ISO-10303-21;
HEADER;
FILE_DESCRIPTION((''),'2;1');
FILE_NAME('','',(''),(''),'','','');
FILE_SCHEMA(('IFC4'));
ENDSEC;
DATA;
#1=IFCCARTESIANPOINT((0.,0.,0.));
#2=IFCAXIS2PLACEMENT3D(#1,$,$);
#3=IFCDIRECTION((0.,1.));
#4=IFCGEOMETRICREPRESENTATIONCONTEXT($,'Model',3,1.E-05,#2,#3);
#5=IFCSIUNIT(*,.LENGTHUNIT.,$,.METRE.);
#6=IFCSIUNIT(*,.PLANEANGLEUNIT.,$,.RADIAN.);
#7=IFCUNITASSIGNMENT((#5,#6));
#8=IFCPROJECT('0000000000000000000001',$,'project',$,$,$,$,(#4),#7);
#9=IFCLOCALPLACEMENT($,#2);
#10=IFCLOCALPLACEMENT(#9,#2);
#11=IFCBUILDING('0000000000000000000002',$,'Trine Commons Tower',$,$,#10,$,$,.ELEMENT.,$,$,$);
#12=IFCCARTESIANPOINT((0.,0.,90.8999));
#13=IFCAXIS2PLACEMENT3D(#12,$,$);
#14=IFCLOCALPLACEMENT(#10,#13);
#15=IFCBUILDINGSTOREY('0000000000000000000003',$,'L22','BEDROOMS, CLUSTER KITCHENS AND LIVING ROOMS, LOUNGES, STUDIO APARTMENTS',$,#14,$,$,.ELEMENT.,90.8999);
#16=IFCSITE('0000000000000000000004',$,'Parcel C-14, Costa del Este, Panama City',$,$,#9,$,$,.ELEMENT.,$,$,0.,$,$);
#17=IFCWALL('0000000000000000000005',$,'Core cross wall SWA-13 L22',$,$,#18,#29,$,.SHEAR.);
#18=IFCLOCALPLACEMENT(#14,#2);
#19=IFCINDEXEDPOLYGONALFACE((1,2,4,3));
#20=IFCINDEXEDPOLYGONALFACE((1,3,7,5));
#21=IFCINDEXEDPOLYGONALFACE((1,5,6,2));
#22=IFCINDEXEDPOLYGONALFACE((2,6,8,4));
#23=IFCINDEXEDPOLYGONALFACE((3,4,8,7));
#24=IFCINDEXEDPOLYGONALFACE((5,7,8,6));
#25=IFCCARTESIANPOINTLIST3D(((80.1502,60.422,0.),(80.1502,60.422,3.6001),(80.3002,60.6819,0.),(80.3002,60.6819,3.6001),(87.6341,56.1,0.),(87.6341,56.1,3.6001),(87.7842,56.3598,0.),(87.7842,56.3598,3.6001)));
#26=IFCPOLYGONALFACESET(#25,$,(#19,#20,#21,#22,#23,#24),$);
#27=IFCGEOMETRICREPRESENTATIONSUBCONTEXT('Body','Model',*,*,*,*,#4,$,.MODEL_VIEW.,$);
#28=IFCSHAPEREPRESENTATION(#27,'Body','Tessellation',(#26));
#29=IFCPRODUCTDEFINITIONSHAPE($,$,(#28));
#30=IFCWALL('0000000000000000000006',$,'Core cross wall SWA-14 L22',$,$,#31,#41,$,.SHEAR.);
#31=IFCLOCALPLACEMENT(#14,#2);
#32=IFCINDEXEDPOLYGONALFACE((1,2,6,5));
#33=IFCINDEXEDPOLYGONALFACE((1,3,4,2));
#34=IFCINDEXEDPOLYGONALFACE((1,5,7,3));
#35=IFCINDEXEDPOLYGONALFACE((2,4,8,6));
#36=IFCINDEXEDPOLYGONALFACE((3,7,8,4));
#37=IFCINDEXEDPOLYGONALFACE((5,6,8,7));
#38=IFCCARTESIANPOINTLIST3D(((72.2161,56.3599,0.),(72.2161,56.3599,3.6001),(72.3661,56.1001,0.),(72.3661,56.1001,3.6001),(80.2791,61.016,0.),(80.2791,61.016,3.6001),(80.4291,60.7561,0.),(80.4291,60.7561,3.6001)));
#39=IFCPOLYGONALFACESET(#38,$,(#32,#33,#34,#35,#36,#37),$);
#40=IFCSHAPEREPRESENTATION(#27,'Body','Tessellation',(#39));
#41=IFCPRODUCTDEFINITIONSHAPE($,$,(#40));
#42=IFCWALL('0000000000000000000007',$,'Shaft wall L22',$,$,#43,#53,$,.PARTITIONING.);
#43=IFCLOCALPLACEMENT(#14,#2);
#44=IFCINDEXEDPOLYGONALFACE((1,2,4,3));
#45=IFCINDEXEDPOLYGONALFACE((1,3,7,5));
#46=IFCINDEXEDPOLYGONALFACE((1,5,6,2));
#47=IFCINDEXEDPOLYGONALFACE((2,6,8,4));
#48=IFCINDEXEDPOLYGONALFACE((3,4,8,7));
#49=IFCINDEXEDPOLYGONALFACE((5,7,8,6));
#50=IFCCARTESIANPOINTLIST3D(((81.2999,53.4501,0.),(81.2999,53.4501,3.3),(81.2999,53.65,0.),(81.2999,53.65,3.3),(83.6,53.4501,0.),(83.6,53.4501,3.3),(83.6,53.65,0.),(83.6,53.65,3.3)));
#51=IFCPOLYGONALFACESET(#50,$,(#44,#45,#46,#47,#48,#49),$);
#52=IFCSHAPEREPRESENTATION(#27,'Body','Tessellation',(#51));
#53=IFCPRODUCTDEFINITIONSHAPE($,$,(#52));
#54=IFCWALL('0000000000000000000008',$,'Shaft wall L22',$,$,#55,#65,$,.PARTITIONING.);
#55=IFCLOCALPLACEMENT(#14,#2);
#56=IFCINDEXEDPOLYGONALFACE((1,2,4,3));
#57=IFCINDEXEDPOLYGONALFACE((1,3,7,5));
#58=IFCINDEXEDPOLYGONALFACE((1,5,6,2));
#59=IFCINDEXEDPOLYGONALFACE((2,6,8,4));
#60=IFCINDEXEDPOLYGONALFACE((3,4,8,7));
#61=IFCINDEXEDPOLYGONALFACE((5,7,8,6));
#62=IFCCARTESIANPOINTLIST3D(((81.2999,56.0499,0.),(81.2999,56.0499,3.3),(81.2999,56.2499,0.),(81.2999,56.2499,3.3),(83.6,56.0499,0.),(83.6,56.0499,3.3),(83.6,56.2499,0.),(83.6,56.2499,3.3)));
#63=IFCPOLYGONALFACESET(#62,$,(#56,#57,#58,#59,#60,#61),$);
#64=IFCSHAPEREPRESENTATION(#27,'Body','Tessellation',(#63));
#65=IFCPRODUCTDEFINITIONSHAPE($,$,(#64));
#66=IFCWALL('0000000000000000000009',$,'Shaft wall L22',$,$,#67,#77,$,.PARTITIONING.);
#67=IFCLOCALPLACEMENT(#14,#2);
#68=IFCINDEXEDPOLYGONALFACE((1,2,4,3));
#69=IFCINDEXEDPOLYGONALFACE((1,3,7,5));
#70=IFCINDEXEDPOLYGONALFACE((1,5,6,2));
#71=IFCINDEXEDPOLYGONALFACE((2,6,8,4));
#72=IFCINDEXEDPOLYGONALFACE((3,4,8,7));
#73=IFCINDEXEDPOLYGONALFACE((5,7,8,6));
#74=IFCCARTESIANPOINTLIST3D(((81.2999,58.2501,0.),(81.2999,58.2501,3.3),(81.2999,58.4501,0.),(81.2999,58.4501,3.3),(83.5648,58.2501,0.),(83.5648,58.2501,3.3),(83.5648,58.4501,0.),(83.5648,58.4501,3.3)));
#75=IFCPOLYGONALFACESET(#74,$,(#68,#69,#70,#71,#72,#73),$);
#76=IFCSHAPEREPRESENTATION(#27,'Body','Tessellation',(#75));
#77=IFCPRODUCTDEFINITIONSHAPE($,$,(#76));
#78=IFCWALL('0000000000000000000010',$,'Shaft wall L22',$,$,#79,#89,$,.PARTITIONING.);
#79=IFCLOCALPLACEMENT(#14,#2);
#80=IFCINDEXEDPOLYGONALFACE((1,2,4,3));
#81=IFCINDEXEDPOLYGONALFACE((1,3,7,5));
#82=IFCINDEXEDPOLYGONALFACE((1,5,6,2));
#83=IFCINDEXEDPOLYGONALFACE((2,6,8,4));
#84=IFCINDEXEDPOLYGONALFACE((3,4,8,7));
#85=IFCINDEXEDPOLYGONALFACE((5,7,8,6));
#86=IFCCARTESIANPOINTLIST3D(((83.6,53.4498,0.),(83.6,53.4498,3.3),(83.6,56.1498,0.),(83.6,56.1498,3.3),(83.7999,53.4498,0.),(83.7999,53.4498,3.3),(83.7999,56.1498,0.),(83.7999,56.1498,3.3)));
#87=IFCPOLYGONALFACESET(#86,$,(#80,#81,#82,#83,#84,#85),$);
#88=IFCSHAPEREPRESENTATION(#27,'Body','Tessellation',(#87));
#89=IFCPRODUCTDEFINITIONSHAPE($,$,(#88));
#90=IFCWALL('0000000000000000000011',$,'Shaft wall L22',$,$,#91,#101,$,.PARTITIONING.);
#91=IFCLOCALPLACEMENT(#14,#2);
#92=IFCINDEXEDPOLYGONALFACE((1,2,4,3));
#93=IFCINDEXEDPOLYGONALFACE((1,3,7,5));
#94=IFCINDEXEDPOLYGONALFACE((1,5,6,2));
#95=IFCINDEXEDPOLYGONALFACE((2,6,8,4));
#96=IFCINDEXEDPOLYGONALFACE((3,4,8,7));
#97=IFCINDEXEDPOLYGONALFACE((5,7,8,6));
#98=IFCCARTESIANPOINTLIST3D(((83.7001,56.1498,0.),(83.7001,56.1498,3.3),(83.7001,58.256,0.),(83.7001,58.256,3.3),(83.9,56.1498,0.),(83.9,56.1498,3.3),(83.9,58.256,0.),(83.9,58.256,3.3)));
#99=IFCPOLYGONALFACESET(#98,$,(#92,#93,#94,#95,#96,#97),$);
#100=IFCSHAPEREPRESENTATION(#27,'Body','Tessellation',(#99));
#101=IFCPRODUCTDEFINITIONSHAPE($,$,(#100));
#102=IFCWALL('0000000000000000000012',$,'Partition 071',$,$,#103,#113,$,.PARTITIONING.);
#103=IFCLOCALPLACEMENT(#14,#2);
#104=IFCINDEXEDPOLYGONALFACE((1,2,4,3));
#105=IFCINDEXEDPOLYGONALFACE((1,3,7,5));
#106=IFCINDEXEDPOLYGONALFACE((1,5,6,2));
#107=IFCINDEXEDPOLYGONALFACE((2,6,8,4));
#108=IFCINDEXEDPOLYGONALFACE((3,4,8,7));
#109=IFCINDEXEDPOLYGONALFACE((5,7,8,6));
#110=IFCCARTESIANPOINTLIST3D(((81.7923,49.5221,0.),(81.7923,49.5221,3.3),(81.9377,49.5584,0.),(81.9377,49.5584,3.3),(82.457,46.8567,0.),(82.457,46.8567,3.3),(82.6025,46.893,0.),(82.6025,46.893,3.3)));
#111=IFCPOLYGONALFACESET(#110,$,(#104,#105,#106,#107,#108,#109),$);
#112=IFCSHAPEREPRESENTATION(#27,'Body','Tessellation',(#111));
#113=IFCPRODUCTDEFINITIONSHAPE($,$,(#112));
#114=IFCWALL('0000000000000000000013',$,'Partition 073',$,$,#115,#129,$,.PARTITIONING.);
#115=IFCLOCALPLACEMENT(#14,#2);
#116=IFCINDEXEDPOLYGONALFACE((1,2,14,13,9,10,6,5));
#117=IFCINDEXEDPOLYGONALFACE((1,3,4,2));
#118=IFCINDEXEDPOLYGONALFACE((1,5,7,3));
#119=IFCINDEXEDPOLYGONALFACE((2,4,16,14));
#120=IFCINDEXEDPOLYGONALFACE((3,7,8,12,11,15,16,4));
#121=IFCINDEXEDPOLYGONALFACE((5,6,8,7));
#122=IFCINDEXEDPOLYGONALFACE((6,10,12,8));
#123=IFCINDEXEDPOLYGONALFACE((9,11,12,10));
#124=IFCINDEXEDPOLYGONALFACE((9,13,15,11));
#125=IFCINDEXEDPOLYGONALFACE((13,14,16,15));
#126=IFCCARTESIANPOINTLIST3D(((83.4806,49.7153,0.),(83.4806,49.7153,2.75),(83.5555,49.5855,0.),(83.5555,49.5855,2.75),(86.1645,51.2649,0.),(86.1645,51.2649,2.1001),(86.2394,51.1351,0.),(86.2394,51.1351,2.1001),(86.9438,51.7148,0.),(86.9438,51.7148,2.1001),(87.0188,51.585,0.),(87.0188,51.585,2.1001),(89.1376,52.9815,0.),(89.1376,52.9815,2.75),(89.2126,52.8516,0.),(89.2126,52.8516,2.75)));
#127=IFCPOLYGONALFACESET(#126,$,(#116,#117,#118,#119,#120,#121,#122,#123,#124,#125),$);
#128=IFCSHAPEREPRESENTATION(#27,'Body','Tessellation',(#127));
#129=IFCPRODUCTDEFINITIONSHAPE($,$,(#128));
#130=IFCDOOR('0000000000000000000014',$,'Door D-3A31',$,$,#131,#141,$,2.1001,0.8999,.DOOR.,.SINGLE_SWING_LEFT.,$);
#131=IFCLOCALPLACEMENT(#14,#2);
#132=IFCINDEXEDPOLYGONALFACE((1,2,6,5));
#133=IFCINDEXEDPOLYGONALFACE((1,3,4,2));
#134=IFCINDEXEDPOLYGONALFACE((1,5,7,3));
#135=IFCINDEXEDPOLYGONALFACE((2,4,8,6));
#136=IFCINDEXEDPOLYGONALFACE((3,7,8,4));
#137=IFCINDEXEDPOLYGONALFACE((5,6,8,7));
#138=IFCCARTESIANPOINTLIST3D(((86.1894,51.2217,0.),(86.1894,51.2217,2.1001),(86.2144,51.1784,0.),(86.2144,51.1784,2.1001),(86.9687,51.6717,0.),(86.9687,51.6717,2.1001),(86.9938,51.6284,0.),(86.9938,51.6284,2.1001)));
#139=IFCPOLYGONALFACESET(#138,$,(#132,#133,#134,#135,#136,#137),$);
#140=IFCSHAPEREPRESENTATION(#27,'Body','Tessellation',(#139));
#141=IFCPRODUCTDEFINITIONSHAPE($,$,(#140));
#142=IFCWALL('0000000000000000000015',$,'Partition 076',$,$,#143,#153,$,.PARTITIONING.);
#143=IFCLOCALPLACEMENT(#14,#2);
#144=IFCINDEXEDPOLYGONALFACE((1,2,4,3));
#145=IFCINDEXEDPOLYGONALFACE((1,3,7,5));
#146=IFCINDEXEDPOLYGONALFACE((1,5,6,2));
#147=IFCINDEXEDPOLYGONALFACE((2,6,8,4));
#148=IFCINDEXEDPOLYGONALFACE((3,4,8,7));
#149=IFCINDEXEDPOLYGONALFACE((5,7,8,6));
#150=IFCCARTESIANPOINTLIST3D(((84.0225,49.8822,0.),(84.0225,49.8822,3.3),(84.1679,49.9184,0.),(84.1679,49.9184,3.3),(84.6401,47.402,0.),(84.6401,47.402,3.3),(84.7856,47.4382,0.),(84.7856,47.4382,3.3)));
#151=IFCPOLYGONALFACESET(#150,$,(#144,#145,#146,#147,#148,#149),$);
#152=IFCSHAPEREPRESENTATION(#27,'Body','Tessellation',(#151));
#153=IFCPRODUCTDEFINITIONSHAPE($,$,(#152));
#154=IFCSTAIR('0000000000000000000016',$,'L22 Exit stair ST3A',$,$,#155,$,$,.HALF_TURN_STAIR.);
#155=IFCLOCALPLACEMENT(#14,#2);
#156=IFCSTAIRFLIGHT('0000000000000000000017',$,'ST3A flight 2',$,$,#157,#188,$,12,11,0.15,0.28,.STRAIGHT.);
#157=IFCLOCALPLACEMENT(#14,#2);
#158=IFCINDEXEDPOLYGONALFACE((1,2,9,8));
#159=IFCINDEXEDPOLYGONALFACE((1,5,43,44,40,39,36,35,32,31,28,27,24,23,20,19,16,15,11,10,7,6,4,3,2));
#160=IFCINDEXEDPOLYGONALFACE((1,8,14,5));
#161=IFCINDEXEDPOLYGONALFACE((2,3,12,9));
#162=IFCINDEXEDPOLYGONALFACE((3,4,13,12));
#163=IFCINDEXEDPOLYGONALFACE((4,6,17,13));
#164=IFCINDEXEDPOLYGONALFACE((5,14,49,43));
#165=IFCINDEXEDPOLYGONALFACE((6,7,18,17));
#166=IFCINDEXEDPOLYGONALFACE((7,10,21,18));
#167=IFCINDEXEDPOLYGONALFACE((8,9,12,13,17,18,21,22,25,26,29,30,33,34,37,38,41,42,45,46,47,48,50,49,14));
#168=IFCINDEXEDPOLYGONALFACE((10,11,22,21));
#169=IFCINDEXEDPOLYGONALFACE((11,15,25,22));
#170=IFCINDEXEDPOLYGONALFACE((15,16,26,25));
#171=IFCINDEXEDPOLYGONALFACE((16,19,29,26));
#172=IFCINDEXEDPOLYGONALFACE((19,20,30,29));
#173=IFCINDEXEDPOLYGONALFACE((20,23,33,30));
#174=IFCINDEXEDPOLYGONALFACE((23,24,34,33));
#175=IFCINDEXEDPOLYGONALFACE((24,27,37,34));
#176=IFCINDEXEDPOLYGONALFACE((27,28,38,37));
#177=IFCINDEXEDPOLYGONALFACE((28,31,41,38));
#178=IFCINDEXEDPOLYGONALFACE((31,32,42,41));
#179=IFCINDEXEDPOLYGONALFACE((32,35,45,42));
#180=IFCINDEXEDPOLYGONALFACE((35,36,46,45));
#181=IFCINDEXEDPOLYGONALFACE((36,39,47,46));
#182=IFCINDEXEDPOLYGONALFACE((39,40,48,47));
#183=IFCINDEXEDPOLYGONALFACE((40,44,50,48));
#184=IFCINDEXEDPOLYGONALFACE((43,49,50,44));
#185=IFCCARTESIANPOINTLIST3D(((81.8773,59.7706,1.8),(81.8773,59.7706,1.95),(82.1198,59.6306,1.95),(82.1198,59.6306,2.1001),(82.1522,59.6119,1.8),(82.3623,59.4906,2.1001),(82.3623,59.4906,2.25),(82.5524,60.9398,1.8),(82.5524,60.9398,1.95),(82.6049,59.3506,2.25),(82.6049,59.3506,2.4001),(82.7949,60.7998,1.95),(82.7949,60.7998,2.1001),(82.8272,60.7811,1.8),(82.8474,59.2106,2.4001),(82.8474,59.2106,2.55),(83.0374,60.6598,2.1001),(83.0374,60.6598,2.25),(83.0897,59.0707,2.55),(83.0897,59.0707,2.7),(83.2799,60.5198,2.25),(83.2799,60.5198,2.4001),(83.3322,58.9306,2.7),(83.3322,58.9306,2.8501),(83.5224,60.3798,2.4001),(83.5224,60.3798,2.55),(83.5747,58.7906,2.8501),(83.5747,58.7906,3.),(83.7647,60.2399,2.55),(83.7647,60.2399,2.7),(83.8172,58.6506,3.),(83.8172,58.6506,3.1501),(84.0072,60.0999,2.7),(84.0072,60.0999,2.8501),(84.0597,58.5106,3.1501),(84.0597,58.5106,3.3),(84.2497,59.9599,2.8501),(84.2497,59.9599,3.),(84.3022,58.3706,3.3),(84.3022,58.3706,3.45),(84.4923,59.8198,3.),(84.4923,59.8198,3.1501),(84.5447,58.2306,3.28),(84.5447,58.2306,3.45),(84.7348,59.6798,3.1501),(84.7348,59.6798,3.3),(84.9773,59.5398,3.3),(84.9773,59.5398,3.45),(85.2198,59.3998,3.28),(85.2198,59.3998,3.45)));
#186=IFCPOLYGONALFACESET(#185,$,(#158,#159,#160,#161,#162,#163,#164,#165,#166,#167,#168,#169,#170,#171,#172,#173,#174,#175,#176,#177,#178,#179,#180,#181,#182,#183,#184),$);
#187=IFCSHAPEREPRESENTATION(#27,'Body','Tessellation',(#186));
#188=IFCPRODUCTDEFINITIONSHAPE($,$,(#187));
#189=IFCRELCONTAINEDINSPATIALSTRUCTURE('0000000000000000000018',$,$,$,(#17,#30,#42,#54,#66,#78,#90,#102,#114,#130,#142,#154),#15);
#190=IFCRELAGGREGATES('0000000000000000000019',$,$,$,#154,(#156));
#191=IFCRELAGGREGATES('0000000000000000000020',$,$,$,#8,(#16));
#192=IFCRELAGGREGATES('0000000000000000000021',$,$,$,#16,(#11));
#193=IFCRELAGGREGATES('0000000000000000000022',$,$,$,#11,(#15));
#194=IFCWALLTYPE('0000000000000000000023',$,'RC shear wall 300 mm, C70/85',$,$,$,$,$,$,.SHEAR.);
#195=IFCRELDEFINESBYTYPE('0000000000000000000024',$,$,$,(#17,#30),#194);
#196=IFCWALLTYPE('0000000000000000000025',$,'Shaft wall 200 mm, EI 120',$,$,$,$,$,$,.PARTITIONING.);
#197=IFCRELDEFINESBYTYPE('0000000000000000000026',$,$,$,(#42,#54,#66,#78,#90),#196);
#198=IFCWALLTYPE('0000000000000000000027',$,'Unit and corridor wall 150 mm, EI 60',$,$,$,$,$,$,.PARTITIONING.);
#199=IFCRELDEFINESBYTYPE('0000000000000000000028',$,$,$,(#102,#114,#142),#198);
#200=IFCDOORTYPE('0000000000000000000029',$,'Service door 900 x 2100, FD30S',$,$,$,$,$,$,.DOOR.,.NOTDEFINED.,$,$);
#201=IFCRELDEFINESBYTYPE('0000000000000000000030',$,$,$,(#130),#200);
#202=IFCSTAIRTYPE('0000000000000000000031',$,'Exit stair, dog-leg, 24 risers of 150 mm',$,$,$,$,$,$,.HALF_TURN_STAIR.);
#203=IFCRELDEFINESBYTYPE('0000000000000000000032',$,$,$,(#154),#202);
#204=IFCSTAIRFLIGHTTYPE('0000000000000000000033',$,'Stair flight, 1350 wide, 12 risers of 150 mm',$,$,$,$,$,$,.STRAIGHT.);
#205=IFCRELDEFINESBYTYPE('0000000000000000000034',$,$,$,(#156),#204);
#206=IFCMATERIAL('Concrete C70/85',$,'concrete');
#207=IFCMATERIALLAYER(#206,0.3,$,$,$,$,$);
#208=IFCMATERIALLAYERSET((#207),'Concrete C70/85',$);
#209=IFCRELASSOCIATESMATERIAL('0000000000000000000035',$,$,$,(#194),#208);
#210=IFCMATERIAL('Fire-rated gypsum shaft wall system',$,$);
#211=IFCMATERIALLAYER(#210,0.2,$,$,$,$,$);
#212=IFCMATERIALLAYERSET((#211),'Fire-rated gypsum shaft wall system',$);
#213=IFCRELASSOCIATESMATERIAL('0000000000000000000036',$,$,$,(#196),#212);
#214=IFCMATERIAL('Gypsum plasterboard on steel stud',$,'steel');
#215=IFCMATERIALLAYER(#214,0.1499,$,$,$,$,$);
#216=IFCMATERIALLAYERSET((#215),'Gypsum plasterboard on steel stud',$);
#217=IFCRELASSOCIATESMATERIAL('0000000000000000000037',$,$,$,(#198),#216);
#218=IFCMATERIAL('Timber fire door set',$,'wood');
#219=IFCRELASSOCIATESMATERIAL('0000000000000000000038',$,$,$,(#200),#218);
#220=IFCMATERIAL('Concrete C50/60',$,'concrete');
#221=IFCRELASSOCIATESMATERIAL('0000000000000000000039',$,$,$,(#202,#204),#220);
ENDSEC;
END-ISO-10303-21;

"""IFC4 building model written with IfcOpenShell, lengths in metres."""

from ifc_helpers import new_model, si_unit, direction, frame, frame_2d, origin, place, context, subcontext, project, spatial, polyline, rectangle, outline, extrude, material, layer, layer_set, type_object, element, fill, aggregate, save


model = new_model("IFC4")

# Units and contexts
model_context = context("Model", 3, precision=1e-05, world=origin(), true_north=direction((0.0, 1.0)))
body_context = subcontext(model_context, "Body", "Model", "MODEL_VIEW")
ifc_project = project(units=[si_unit("LENGTHUNIT", "METRE"), si_unit("PLANEANGLEUNIT", "RADIAN")], contexts=[model_context])

# Site, building, storey
site_placement = place(None, origin())
site = spatial("IfcSite", under=ifc_project, at=site_placement, Name="Parcel C-14, Costa del Este, Panama City", CompositionType="ELEMENT", RefElevation=0.0)
building_placement = place(site_placement, origin())
building = spatial("IfcBuilding", under=site, at=building_placement, Name="Trine Commons Tower", CompositionType="ELEMENT")
storey_placement = place(building_placement, frame((0.0, 0.0, 90.8999)))
storey = spatial("IfcBuildingStorey", under=building, at=storey_placement, Name="L22", Description="BEDROOMS, CLUSTER KITCHENS AND LIVING ROOMS, LOUNGES, STUDIO APARTMENTS", CompositionType="ELEMENT", Elevation=90.8999)

# Shared definitions
ifc_material_1 = material(Name="Concrete C50/60", Category="concrete")

# Shared definitions
ifc_material_2 = material(Name="Fire-rated gypsum shaft wall system")
ifc_material_3 = material(Name="Concrete C70/85", Category="concrete")

# Shared definitions
ifc_layer_1 = layer(ifc_material_3, 0.3)
ifc_layer_set_1 = layer_set([ifc_layer_1], Name="Concrete C70/85")
wall_type_1 = type_object("IfcWallType", Name="RC shear wall 300 mm, C70/85", PredefinedType="SHEAR", material=ifc_layer_set_1)

# Walls
wall_1_placement = place(storey_placement, frame((80.2251, 60.552, 0.0), z_axis=(0.0, 0.0, 1.0), x_axis=(0.865965, -0.500104, 0.0)))
element("IfcWall", 1, at=wall_1_placement, inside=storey, type_object=wall_type_1, Name="Core cross wall SWA-13 L22", PredefinedType="SHEAR", context=body_context, shape_type="SweptSolid", body=[
    extrude(rectangle(XDim=8.6423, YDim=0.3, at=frame_2d((4.3213, 0.0))), origin(), (0.0, 0.0, 1.0), 3.6001),
])
wall_2_placement = place(storey_placement, frame((80.354, 60.886, 0.0), z_axis=(0.0, 0.0, 1.0), x_axis=(-0.865986, -0.500067, 0.0)))
element("IfcWall", 2, at=wall_2_placement, inside=storey, type_object=wall_type_1, Name="Core cross wall SWA-14 L22", PredefinedType="SHEAR", context=body_context, shape_type="SweptSolid", body=[
    extrude(rectangle(XDim=9.3108, YDim=0.3, at=frame_2d((4.6553, 0.0))), origin(), (0.0, 0.0, 1.0), 3.6001),
])
ifc_layer_2 = layer(ifc_material_2, 0.2)
ifc_layer_set_2 = layer_set([ifc_layer_2], Name="Fire-rated gypsum shaft wall system")
wall_type_2 = type_object("IfcWallType", Name="Shaft wall 200 mm, EI 120", PredefinedType="PARTITIONING", material=ifc_layer_set_2)
for number, where, z_axis, x_axis, name in (
    (3, (81.3, 53.55, 0.0), (0.0, 0.0, 1.0), (1.0, 0.0, 0.0), "Shaft wall L22"),
    (4, (81.3, 56.1499, 0.0), (0.0, 0.0, 1.0), (1.0, 0.0, 0.0), "Shaft wall L22"),
):
    element("IfcWall", number, at=place(storey_placement, frame(where, z_axis=z_axis, x_axis=x_axis)), inside=storey, type_object=wall_type_2, Name=name, PredefinedType="PARTITIONING", context=body_context, shape_type="SweptSolid", body=[
        extrude(rectangle(XDim=2.3, YDim=0.2, at=frame_2d((1.1499, 0.0))), origin(), (0.0, 0.0, 1.0), 3.3),
    ])
wall_3_placement = place(storey_placement, frame((81.3, 58.3501, 0.0), z_axis=(0.0, 0.0, 1.0), x_axis=(1.0, 0.0, 0.0)))
element("IfcWall", 5, at=wall_3_placement, inside=storey, type_object=wall_type_2, Name="Shaft wall L22", PredefinedType="PARTITIONING", context=body_context, shape_type="SweptSolid", body=[
    extrude(rectangle(XDim=2.2649, YDim=0.2, at=frame_2d((1.1323, 0.0))), origin(), (0.0, 0.0, 1.0), 3.3),
])
wall_4_placement = place(storey_placement, frame((83.7, 56.1499, 0.0), z_axis=(0.0, 0.0, 1.0), x_axis=(0.0, -1.0, 0.0)))
element("IfcWall", 6, at=wall_4_placement, inside=storey, type_object=wall_type_2, Name="Shaft wall L22", PredefinedType="PARTITIONING", context=body_context, shape_type="SweptSolid", body=[
    extrude(rectangle(XDim=2.7, YDim=0.2, at=frame_2d((1.3501, 0.0))), origin(), (0.0, 0.0, 1.0), 3.3),
])
wall_5_placement = place(storey_placement, frame((83.8, 58.2561, 0.0), z_axis=(0.0, 0.0, 1.0), x_axis=(0.0, -1.0, 0.0)))
element("IfcWall", 7, at=wall_5_placement, inside=storey, type_object=wall_type_2, Name="Shaft wall L22", PredefinedType="PARTITIONING", context=body_context, shape_type="SweptSolid", body=[
    extrude(rectangle(XDim=2.1062, YDim=0.2, at=frame_2d((1.0532, 0.0))), origin(), (0.0, 0.0, 1.0), 3.3),
])
ifc_material_4 = material(Name="Gypsum plasterboard on steel stud", Category="steel")
ifc_layer_3 = layer(ifc_material_4, 0.1499)
ifc_layer_set_3 = layer_set([ifc_layer_3], Name="Gypsum plasterboard on steel stud")
wall_type_3 = type_object("IfcWallType", Name="Unit and corridor wall 150 mm, EI 60", PredefinedType="PARTITIONING", material=ifc_layer_set_3)
wall_6_placement = place(storey_placement, frame((81.865, 49.5403, 0.0), z_axis=(0.0, 0.0, 1.0), x_axis=(0.241992, -0.970278, 0.0)))
element("IfcWall", 8, at=wall_6_placement, inside=storey, type_object=wall_type_3, Name="Partition 071", PredefinedType="PARTITIONING", context=body_context, shape_type="SweptSolid", body=[
    extrude(rectangle(XDim=2.7471, YDim=0.1499, at=frame_2d((1.3735, 0.0))), origin(), (0.0, 0.0, 1.0), 3.3),
])

# Wall, opening, door
wall_7_placement = place(storey_placement, frame((83.5181, 49.6504, 0.0), z_axis=(0.0, 0.0, 1.0), x_axis=(0.866022, 0.500006, 0.0)))
wall_7 = element("IfcWall", 9, at=wall_7_placement, inside=storey, type_object=wall_type_3, Name="Partition 073", PredefinedType="PARTITIONING", context=body_context, shape_type="SweptSolid", body=[
    extrude(rectangle(XDim=6.5322, YDim=0.1499, at=frame_2d((3.2661, 0.0))), origin(), (0.0, 0.0, 1.0), 2.75),
])
opening_1_placement = place(wall_7_placement, frame((3.0991, 0.0, 0.0)))
opening_1 = element("IfcOpeningElement", 10, at=opening_1_placement, cuts=wall_7, PredefinedType="OPENING", context=body_context, shape_type="SweptSolid", body=[
    extrude(rectangle(XDim=0.8999, YDim=2.1001, at=frame_2d((0.45, 1.05))), frame((0.0, 0.085, 0.0), z_axis=(0.0, -1.0, 0.0), x_axis=(1.0, 0.0, 0.0)), (0.0, 0.0, 1.0), 0.1699),
])
ifc_material_5 = material(Name="Timber fire door set", Category="wood")
door_type_1 = type_object("IfcDoorType", Name="Service door 900 x 2100, FD30S", OperationType="NOTDEFINED", PredefinedType="DOOR", material=ifc_material_5)
door_1_placement = place(opening_1_placement, frame((0.8999, 0.0, 0.0), z_axis=(0.0, 0.0, 1.0), x_axis=(-1.0, 0.0, 0.0)))
door_1 = element("IfcDoor", 11, at=door_1_placement, inside=storey, type_object=door_type_1, Name="Door D-3A31", OperationType="SINGLE_SWING_LEFT", OverallHeight=2.1001, OverallWidth=0.8999, PredefinedType="DOOR", context=body_context, shape_type="SweptSolid", body=[
    extrude(rectangle(XDim=0.8999, YDim=2.1001, at=frame_2d((0.45, 1.05))), frame((0.0, 0.0249, 0.0), z_axis=(0.0, -1.0, 0.0), x_axis=(1.0, 0.0, 0.0)), (0.0, 0.0, 1.0), 0.05),
])
fill(opening_1, door_1)

# Wall
wall_8_placement = place(storey_placement, frame((84.0952, 49.9001, 0.0), z_axis=(0.0, 0.0, 1.0), x_axis=(0.241659, -0.970361, 0.0)))
element("IfcWall", 12, at=wall_8_placement, inside=storey, type_object=wall_type_3, Name="Partition 076", PredefinedType="PARTITIONING", context=body_context, shape_type="SweptSolid", body=[
    extrude(rectangle(XDim=2.5559, YDim=0.1499, at=frame_2d((1.2778, 0.0))), origin(), (0.0, 0.0, 1.0), 3.3),
])

# Stair, stair flight
stair_type = type_object("IfcStairType", Name="Exit stair, dog-leg, 24 risers of 150 mm", PredefinedType="HALF_TURN_STAIR", material=ifc_material_1)
stair_placement = place(storey_placement, origin())
stair = element("IfcStair", 13, at=stair_placement, inside=storey, type_object=stair_type, Name="L22 Exit stair ST3A", PredefinedType="HALF_TURN_STAIR")
stair_flight_type = type_object("IfcStairFlightType", Name="Stair flight, 1350 wide, 12 risers of 150 mm", PredefinedType="STRAIGHT", material=ifc_material_1)
stair_flight_placement = place(storey_placement, frame((82.2148, 60.3552, 1.8), z_axis=(0.0, 0.0, 1.0), x_axis=(0.866025, -0.5, 0.0)))
stair_flight = element("IfcStairFlight", 14, at=stair_flight_placement, type_object=stair_flight_type, Name="ST3A flight 2", NumberOfRisers=12, NumberOfTreads=11, PredefinedType="STRAIGHT", RiserHeight=0.15, TreadLength=0.28, context=body_context, shape_type="SweptSolid", body=[
    extrude(outline(polyline([(0.0, 0.0), (0.0, 0.1499), (0.28, 0.1499), (0.28, 0.3), (0.5601, 0.3), (0.5601, 0.45), (0.8401, 0.45), (0.8401, 0.6001), (1.1201, 0.6001), (1.1201, 0.75), (1.3999, 0.75), (1.3999, 0.8999), (1.6799, 0.8999), (1.6799, 1.05), (1.96, 1.05), (1.96, 1.2), (2.24, 1.2), (2.24, 1.3501), (2.52, 1.3501), (2.52, 1.5), (2.8, 1.5), (2.8, 1.6499), (3.0801, 1.6499), (3.0801, 1.8), (3.0801, 1.48), (0.3174, 0.0), (0.0, 0.0)])), frame((0.0, 0.675, 0.0), z_axis=(0.0, -1.0, 0.0), x_axis=(1.0, 0.0, 0.0)), (0.0, 0.0, 1.0), 1.3501),
])
aggregate(stair, [stair_flight])

save(model, "model.ifc")
